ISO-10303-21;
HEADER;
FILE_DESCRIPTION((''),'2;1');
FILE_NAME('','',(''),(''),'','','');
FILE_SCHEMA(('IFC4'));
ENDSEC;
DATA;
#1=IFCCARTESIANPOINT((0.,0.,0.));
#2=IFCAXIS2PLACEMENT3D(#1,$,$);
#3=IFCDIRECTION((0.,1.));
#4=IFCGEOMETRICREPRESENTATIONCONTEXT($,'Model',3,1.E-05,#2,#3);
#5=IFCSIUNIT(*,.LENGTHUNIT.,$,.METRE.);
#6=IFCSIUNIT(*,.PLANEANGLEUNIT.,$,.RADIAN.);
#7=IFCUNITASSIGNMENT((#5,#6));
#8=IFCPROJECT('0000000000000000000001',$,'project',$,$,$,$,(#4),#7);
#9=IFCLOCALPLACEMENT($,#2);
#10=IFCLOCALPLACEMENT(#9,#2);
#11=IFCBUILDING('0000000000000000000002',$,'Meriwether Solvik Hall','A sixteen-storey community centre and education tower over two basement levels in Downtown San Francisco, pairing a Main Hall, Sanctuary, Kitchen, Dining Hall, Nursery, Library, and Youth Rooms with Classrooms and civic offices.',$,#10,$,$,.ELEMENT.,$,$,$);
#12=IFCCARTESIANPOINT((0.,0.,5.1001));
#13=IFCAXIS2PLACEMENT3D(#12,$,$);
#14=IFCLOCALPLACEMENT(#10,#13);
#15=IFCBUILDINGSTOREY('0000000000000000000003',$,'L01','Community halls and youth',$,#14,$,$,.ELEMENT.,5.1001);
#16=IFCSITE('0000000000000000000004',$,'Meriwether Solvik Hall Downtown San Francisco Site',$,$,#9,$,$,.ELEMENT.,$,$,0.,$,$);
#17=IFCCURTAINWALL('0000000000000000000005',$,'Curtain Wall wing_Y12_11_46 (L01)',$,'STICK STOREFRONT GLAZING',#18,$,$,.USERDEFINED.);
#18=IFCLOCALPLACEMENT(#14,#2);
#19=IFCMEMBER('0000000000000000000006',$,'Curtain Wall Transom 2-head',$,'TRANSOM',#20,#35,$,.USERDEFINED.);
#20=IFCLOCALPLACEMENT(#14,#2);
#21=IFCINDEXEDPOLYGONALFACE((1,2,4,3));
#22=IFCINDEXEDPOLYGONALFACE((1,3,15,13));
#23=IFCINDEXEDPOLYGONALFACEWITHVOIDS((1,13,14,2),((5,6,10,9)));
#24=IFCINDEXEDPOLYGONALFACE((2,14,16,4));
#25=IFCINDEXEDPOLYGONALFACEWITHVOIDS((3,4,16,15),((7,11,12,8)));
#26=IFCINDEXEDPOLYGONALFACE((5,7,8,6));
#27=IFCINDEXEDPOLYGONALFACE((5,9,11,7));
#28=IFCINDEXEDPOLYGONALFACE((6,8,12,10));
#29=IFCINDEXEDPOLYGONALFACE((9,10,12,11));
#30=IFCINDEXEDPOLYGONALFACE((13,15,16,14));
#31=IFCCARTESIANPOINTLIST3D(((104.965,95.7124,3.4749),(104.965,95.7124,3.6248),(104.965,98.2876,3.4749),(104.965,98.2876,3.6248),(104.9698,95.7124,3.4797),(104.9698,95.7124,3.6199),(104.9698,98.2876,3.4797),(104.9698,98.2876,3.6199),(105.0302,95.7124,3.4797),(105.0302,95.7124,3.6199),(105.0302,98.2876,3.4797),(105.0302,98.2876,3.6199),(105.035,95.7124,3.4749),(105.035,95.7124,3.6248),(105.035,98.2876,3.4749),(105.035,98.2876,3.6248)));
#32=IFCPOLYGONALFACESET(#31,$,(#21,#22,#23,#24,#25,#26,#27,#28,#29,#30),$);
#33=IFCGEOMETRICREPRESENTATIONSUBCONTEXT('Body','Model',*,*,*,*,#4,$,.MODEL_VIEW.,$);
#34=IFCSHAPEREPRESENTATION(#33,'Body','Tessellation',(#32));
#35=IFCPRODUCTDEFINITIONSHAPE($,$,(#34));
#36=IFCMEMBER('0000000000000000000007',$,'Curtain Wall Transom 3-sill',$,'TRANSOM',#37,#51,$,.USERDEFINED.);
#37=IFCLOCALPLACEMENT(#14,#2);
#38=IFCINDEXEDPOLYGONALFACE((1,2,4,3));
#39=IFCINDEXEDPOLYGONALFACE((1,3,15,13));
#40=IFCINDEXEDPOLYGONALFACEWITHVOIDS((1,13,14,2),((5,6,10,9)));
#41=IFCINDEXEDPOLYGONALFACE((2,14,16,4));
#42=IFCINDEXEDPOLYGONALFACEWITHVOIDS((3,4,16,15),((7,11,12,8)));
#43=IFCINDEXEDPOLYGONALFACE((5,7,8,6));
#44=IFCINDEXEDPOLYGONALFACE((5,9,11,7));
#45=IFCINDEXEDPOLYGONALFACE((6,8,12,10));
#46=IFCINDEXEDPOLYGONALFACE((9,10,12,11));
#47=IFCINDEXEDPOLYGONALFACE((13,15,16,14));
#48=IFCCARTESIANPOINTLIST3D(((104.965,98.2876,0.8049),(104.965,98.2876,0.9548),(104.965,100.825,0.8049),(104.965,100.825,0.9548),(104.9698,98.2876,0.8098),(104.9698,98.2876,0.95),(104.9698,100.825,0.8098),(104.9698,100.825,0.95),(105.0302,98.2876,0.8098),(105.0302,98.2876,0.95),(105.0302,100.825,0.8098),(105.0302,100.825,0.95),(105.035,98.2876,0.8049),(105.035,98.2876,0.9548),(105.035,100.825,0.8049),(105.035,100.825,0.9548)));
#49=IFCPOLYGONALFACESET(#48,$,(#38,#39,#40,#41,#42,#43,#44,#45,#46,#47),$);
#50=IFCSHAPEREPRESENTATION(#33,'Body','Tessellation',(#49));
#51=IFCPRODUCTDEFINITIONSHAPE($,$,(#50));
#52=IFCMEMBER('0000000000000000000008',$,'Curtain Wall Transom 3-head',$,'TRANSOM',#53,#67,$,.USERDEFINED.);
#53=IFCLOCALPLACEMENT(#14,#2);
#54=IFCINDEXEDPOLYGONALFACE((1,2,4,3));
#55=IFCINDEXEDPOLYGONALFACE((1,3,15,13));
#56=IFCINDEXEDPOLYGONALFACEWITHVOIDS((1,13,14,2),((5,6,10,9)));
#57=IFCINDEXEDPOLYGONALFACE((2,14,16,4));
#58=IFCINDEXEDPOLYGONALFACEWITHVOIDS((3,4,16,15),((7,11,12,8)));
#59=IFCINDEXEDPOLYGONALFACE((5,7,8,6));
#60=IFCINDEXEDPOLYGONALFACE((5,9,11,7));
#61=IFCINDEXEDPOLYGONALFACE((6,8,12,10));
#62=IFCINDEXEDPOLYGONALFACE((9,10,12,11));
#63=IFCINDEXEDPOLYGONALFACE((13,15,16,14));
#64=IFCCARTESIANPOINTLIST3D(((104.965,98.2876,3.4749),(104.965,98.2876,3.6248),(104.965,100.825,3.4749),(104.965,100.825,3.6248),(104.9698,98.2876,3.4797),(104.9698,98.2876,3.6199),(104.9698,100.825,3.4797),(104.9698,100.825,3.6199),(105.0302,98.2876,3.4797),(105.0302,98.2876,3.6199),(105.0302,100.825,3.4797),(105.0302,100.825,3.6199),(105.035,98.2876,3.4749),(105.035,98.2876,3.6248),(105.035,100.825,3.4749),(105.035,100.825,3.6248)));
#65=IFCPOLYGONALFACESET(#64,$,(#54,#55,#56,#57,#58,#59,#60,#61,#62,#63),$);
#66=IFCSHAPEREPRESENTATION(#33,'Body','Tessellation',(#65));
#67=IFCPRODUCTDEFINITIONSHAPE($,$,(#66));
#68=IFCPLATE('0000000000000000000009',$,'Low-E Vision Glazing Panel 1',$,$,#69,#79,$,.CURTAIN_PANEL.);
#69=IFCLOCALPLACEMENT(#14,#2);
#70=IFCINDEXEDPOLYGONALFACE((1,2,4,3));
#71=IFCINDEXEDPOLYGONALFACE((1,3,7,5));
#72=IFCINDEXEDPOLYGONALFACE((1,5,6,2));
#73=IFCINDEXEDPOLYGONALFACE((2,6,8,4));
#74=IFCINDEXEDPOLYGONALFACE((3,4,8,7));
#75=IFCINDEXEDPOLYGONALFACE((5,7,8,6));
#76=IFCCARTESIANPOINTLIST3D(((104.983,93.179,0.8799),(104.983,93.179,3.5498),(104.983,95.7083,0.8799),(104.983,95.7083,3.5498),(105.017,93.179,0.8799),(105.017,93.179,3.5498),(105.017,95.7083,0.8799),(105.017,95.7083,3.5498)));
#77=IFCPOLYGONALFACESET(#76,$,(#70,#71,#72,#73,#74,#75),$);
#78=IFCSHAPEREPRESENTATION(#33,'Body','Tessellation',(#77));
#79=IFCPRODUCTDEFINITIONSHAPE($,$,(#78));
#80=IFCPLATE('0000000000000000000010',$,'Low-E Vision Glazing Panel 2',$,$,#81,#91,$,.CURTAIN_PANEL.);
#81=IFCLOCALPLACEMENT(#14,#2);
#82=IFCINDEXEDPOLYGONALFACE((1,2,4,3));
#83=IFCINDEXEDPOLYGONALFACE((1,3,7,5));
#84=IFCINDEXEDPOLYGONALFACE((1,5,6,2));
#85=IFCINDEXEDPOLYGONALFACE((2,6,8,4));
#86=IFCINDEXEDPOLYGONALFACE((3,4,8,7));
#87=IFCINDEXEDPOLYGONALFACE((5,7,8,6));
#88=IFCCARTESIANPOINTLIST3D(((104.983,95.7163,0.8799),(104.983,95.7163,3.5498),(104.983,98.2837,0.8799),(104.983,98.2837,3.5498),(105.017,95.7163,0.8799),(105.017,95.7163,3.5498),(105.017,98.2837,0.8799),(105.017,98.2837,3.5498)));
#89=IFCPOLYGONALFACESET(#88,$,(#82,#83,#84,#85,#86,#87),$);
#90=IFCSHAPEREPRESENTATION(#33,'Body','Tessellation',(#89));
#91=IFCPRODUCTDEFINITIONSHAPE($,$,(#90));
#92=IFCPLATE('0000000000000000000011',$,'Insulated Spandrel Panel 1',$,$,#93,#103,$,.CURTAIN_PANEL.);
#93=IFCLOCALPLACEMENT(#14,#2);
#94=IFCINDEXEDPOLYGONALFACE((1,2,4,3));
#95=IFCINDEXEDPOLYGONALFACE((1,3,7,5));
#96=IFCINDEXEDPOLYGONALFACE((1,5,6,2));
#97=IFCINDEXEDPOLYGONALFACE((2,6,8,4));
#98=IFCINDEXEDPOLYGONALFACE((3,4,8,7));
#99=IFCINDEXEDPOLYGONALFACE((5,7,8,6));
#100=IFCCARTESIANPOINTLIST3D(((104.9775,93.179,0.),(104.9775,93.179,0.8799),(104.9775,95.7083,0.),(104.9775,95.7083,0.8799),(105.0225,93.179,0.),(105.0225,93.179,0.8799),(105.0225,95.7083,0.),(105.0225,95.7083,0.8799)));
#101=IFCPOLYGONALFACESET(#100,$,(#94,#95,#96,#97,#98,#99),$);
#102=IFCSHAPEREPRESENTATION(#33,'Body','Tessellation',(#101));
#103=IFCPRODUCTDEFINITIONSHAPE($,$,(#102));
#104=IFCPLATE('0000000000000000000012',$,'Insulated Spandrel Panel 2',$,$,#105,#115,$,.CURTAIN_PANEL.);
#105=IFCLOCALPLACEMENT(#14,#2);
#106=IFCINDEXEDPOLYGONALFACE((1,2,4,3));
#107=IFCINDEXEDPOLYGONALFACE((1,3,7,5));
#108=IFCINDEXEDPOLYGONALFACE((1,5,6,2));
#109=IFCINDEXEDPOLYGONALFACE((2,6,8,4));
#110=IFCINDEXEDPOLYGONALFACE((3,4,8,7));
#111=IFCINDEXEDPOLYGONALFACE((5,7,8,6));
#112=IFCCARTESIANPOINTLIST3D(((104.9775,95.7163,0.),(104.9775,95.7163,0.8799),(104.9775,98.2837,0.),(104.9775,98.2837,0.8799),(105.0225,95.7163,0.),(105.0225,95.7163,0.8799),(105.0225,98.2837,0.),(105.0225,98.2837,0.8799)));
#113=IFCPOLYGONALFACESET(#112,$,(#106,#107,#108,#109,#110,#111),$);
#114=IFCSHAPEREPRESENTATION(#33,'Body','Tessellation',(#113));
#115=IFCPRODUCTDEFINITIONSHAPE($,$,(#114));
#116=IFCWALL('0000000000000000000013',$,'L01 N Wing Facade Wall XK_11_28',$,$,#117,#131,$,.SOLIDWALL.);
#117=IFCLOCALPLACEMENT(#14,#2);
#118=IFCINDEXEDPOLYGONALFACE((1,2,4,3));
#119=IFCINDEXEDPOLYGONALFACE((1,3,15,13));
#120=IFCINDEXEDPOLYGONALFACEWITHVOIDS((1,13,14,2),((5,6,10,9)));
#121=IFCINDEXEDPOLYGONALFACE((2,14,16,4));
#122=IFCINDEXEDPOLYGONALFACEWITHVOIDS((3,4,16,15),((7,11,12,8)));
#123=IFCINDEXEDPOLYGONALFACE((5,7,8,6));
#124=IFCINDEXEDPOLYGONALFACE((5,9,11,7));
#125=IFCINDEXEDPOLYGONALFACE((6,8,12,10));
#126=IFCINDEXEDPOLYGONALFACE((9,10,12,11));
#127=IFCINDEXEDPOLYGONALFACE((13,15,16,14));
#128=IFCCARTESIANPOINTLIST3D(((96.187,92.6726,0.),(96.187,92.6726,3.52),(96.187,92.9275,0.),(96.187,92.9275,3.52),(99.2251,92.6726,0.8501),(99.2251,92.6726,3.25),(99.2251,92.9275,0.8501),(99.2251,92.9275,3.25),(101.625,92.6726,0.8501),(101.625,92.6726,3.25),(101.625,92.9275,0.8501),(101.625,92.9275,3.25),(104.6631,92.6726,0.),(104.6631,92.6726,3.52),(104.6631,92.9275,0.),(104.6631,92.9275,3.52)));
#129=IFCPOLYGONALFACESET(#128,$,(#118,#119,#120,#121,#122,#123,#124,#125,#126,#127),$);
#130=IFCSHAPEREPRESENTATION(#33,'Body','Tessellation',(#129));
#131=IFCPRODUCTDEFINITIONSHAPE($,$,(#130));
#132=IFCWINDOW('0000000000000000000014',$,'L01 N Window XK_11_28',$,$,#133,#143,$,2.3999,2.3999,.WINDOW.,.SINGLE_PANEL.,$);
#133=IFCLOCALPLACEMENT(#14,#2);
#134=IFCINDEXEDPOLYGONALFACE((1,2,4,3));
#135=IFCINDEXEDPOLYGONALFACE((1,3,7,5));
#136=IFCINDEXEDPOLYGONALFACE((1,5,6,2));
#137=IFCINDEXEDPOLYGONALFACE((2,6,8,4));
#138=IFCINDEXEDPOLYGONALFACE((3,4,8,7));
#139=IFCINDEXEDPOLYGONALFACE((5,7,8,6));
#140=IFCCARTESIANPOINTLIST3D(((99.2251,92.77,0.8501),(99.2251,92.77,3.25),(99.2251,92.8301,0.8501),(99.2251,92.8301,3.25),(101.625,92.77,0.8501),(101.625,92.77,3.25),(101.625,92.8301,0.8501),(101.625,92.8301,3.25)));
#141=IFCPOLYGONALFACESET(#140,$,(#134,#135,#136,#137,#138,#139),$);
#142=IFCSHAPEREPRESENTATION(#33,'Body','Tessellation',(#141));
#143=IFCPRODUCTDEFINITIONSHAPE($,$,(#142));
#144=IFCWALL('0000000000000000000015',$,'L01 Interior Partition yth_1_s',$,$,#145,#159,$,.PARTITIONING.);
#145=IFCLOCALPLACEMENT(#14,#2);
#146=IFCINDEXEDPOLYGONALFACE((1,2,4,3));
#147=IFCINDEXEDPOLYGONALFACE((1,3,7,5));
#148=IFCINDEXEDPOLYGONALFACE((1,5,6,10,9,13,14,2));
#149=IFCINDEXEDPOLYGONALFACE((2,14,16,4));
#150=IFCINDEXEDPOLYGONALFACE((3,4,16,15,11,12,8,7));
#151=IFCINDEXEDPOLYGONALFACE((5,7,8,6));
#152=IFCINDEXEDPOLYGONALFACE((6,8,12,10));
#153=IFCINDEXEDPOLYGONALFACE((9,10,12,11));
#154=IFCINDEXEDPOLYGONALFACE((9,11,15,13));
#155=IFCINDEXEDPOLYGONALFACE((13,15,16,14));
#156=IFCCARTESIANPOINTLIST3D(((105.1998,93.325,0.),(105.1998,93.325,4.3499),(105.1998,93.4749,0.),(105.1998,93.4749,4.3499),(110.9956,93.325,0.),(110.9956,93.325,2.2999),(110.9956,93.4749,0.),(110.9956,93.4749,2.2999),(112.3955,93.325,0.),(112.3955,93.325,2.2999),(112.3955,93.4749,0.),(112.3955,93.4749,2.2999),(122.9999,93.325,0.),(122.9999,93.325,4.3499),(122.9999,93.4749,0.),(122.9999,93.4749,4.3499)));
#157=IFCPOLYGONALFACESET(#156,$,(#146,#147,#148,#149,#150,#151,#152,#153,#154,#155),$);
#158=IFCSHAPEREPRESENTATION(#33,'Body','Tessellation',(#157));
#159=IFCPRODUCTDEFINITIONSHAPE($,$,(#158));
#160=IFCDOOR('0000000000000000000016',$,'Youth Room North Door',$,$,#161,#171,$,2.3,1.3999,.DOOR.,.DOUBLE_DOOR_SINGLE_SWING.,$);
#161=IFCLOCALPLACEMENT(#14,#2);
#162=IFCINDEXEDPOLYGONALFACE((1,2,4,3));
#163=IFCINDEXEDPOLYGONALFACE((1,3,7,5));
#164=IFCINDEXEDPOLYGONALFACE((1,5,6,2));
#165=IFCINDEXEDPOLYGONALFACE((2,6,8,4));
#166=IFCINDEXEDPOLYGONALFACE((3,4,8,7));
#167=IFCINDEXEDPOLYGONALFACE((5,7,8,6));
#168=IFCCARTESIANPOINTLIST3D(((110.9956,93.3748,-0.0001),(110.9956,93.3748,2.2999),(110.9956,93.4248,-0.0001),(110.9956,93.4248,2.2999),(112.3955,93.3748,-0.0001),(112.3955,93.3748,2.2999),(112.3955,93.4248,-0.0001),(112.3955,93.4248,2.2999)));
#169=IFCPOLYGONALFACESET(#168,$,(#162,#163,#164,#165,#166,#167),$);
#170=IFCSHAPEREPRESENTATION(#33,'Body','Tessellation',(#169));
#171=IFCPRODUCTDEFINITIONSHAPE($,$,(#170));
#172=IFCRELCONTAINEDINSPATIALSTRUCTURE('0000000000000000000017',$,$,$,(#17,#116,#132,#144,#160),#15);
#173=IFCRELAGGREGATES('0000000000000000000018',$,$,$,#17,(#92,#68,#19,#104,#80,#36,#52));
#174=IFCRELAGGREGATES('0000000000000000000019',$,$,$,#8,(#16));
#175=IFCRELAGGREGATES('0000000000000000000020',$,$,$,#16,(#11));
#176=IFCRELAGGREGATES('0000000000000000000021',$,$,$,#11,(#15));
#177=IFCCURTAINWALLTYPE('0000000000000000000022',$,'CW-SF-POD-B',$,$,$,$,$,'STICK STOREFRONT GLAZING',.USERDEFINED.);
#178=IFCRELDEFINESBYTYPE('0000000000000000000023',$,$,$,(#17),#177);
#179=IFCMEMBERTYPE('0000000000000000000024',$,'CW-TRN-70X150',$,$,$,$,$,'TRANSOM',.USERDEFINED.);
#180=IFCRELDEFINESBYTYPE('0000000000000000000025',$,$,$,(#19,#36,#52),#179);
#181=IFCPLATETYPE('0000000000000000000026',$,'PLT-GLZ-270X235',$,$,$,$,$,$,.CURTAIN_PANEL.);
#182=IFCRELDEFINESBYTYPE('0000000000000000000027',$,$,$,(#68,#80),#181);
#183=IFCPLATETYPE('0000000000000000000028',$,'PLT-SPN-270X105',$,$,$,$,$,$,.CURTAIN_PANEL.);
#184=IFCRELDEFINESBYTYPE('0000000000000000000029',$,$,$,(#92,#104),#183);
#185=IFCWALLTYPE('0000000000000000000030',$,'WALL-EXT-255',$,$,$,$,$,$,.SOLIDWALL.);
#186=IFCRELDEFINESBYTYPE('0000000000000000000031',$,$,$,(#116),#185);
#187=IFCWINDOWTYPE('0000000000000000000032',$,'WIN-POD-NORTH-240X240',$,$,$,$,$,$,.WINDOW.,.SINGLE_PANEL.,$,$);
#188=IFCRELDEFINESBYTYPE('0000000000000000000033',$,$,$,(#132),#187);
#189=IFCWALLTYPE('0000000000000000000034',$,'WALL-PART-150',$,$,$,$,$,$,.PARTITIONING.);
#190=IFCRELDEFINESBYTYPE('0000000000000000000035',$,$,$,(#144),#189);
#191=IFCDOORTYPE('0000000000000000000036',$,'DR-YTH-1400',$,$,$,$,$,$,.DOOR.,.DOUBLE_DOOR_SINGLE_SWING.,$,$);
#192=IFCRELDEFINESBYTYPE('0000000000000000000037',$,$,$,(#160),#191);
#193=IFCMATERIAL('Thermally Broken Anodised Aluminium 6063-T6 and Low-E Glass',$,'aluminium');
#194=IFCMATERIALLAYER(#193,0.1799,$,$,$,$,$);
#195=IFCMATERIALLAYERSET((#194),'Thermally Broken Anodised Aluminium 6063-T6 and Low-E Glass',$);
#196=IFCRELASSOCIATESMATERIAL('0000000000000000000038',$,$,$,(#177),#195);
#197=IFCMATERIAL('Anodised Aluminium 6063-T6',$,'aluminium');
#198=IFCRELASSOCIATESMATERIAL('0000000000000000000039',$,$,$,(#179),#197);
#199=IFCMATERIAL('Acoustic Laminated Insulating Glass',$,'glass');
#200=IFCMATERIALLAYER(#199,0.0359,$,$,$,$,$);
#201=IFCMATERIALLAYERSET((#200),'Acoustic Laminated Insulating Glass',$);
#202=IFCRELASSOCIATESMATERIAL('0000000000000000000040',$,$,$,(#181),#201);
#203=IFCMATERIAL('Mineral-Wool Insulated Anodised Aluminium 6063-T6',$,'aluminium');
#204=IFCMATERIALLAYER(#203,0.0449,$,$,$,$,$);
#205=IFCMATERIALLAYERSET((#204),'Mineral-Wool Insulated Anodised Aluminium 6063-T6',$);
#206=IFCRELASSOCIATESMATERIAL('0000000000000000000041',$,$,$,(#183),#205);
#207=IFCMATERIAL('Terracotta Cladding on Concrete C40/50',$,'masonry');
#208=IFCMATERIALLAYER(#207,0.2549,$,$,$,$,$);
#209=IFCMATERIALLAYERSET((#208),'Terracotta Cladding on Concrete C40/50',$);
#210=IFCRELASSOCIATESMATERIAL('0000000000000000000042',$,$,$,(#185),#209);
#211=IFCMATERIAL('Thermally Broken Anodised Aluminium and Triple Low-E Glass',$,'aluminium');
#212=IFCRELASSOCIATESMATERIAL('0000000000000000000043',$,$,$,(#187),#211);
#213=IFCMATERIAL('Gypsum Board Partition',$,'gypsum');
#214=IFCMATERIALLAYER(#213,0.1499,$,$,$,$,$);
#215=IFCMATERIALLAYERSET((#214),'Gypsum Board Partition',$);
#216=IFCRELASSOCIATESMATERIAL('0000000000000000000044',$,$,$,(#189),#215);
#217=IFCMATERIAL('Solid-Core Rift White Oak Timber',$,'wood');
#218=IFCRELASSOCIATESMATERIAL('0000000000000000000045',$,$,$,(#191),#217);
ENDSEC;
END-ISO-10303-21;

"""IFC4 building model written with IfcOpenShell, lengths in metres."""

from ifc_helpers import new_model, si_unit, direction, frame, frame_2d, origin, origin_2d, place, context, subcontext, project, spatial, rectangle, hollow_rectangle, extrude, material, layer, layer_set, material_profile, profile_set, type_object, element, fill, aggregate, save


model = new_model("IFC4")

# Units and contexts
model_context = context("Model", 3, precision=1e-05, world=origin(), true_north=direction((0.0, 1.0)))
body_context = subcontext(model_context, "Body", "Model", "MODEL_VIEW")
ifc_project = project(units=[si_unit("LENGTHUNIT", "METRE"), si_unit("PLANEANGLEUNIT", "RADIAN")], contexts=[model_context])

# Site, building, storey
site_placement = place(None, origin())
site = spatial("IfcSite", under=ifc_project, at=site_placement, Name="Meriwether Solvik Hall Downtown San Francisco Site", CompositionType="ELEMENT", RefElevation=0.0)
building_placement = place(site_placement, origin())
building = spatial("IfcBuilding", under=site, at=building_placement, Name="Meriwether Solvik Hall", Description="A sixteen-storey community centre and education tower over two basement levels in Downtown San Francisco, pairing a Main Hall, Sanctuary, Kitchen, Dining Hall, Nursery, Library, and Youth Rooms with Classrooms and civic offices.", CompositionType="ELEMENT")
storey_placement = place(building_placement, frame((0.0, 0.0, 5.1001)))
storey = spatial("IfcBuildingStorey", under=building, at=storey_placement, Name="L01", Description="Community halls and youth", CompositionType="ELEMENT", Elevation=5.1001)

# Curtain wall, members, plates
ifc_material_1 = material(Name="Thermally Broken Anodised Aluminium 6063-T6 and Low-E Glass", Category="aluminium")
ifc_layer_1 = layer(ifc_material_1, 0.1799)
ifc_layer_set_1 = layer_set([ifc_layer_1], Name="Thermally Broken Anodised Aluminium 6063-T6 and Low-E Glass")
curtain_wall_type = type_object("IfcCurtainWallType", Name="CW-SF-POD-B", ElementType="STICK STOREFRONT GLAZING", PredefinedType="USERDEFINED", material=ifc_layer_set_1)
curtain_wall_placement = place(storey_placement, origin())
curtain_wall = element("IfcCurtainWall", 1, at=curtain_wall_placement, inside=storey, type_object=curtain_wall_type, Name="Curtain Wall wing_Y12_11_46 (L01)", ObjectType="STICK STOREFRONT GLAZING", PredefinedType="USERDEFINED")
ifc_material_2 = material(Name="Anodised Aluminium 6063-T6", Category="aluminium")
ifc_material_profile_1 = material_profile(ifc_material_2, hollow_rectangle(XDim=0.0701, YDim=0.1499, WallThickness=0.0049, at=origin_2d()), Name="CWT-70X150")
ifc_profile_set_1 = profile_set([ifc_material_profile_1], Name="Anodised Aluminium 6063-T6")
member_type_1 = type_object("IfcMemberType", Name="CW-TRN-70X150", ElementType="TRANSOM", PredefinedType="USERDEFINED", material=ifc_profile_set_1)
member_1_placement = place(storey_placement, frame((105.0, 95.7124, 3.5498), z_axis=(0.0, 1.0, 0.0), x_axis=(-1.0, 0.0, 0.0)))
member_1 = element("IfcMember", 2, at=member_1_placement, type_object=member_type_1, Name="Curtain Wall Transom 2-head", ObjectType="TRANSOM", PredefinedType="USERDEFINED", context=body_context, shape_type="SweptSolid", body=[
    extrude(hollow_rectangle(XDim=0.0701, YDim=0.1499, WallThickness=0.0049, at=origin_2d()), origin(), (0.0, 0.0, 1.0), 2.5752),
])
member_2_placement = place(storey_placement, frame((105.0, 98.2876, 0.8799), z_axis=(0.0, 1.0, 0.0), x_axis=(-1.0, 0.0, 0.0)))
member_2 = element("IfcMember", 3, at=member_2_placement, type_object=member_type_1, Name="Curtain Wall Transom 3-sill", ObjectType="TRANSOM", PredefinedType="USERDEFINED", context=body_context, shape_type="SweptSolid", body=[
    extrude(hollow_rectangle(XDim=0.0701, YDim=0.1499, WallThickness=0.0049, at=origin_2d()), origin(), (0.0, 0.0, 1.0), 2.5374),
])
member_3_placement = place(storey_placement, frame((105.0, 98.2876, 3.5498), z_axis=(0.0, 1.0, 0.0), x_axis=(-1.0, 0.0, 0.0)))
member_3 = element("IfcMember", 4, at=member_3_placement, type_object=member_type_1, Name="Curtain Wall Transom 3-head", ObjectType="TRANSOM", PredefinedType="USERDEFINED", context=body_context, shape_type="SweptSolid", body=[
    extrude(hollow_rectangle(XDim=0.0701, YDim=0.1499, WallThickness=0.0049, at=origin_2d()), origin(), (0.0, 0.0, 1.0), 2.5374),
])
ifc_material_3 = material(Name="Acoustic Laminated Insulating Glass", Category="glass")
ifc_layer_2 = layer(ifc_material_3, 0.0359)
ifc_layer_set_2 = layer_set([ifc_layer_2], Name="Acoustic Laminated Insulating Glass")
plate_type_1 = type_object("IfcPlateType", Name="PLT-GLZ-270X235", PredefinedType="CURTAIN_PANEL", material=ifc_layer_set_2)
plate_1_placement = place(storey_placement, frame((105.0, 94.4436, 0.8799), z_axis=(0.0, 0.0, 1.0), x_axis=(0.0, 1.0, 0.0)))
plate_1 = element("IfcPlate", 5, at=plate_1_placement, type_object=plate_type_1, Name="Low-E Vision Glazing Panel 1", PredefinedType="CURTAIN_PANEL", context=body_context, shape_type="SweptSolid", body=[
    extrude(rectangle(XDim=2.5293, YDim=0.0339, at=origin_2d()), origin(), (0.0, 0.0, 1.0), 2.6699),
])
plate_2_placement = place(storey_placement, frame((105.0, 97.0, 0.8799), z_axis=(0.0, 0.0, 1.0), x_axis=(0.0, 1.0, 0.0)))
plate_2 = element("IfcPlate", 6, at=plate_2_placement, type_object=plate_type_1, Name="Low-E Vision Glazing Panel 2", PredefinedType="CURTAIN_PANEL", context=body_context, shape_type="SweptSolid", body=[
    extrude(rectangle(XDim=2.5674, YDim=0.0339, at=origin_2d()), origin(), (0.0, 0.0, 1.0), 2.6699),
])
ifc_material_4 = material(Name="Mineral-Wool Insulated Anodised Aluminium 6063-T6", Category="aluminium")
ifc_layer_3 = layer(ifc_material_4, 0.0449)
ifc_layer_set_3 = layer_set([ifc_layer_3], Name="Mineral-Wool Insulated Anodised Aluminium 6063-T6")
plate_type_2 = type_object("IfcPlateType", Name="PLT-SPN-270X105", PredefinedType="CURTAIN_PANEL", material=ifc_layer_set_3)
plate_3_placement = place(storey_placement, frame((105.0, 94.4436, 0.0), z_axis=(0.0, 0.0, 1.0), x_axis=(0.0, 1.0, 0.0)))
plate_3 = element("IfcPlate", 7, at=plate_3_placement, type_object=plate_type_2, Name="Insulated Spandrel Panel 1", PredefinedType="CURTAIN_PANEL", context=body_context, shape_type="SweptSolid", body=[
    extrude(rectangle(XDim=2.5293, YDim=0.0449, at=origin_2d()), origin(), (0.0, 0.0, 1.0), 0.8799),
])
plate_4_placement = place(storey_placement, frame((105.0, 97.0, 0.0), z_axis=(0.0, 0.0, 1.0), x_axis=(0.0, 1.0, 0.0)))
plate_4 = element("IfcPlate", 8, at=plate_4_placement, type_object=plate_type_2, Name="Insulated Spandrel Panel 2", PredefinedType="CURTAIN_PANEL", context=body_context, shape_type="SweptSolid", body=[
    extrude(rectangle(XDim=2.5674, YDim=0.0449, at=origin_2d()), origin(), (0.0, 0.0, 1.0), 0.8799),
])
aggregate(curtain_wall, [plate_3, plate_1, member_1, plate_4, plate_2, member_2, member_3])

# Wall, opening, window
ifc_material_5 = material(Name="Terracotta Cladding on Concrete C40/50", Category="masonry")
ifc_layer_4 = layer(ifc_material_5, 0.2549)
ifc_layer_set_4 = layer_set([ifc_layer_4], Name="Terracotta Cladding on Concrete C40/50")
wall_type_1 = type_object("IfcWallType", Name="WALL-EXT-255", PredefinedType="SOLIDWALL", material=ifc_layer_set_4)
wall_1_placement = place(storey_placement, frame((96.187, 92.8, 0.0), z_axis=(0.0, 0.0, 1.0), x_axis=(1.0, 0.0, 0.0)))
wall_1 = element("IfcWall", 9, at=wall_1_placement, inside=storey, type_object=wall_type_1, Name="L01 N Wing Facade Wall XK_11_28", PredefinedType="SOLIDWALL", context=body_context, shape_type="SweptSolid", body=[
    extrude(rectangle(XDim=8.4761, YDim=0.2549, at=frame_2d((4.238, 0.0))), origin(), (0.0, 0.0, 1.0), 3.52),
])
opening_1_placement = place(wall_1_placement, frame((3.0381, 0.0, 0.8501)))
opening_1 = element("IfcOpeningElement", 10, at=opening_1_placement, cuts=wall_1, PredefinedType="OPENING", context=body_context, shape_type="SweptSolid", body=[
    extrude(rectangle(XDim=2.3999, YDim=2.3999, at=frame_2d((1.2, 1.2))), frame((0.0, 0.1394, 0.0), z_axis=(0.0, -1.0, 0.0), x_axis=(1.0, 0.0, 0.0)), (0.0, 0.0, 1.0), 0.2788),
])
ifc_material_6 = material(Name="Thermally Broken Anodised Aluminium and Triple Low-E Glass", Category="aluminium")
window_type = type_object("IfcWindowType", Name="WIN-POD-NORTH-240X240", PartitioningType="SINGLE_PANEL", PredefinedType="WINDOW", material=ifc_material_6)
window_placement = place(opening_1_placement, origin())
window = element("IfcWindow", 11, at=window_placement, inside=storey, type_object=window_type, Name="L01 N Window XK_11_28", OverallHeight=2.3999, OverallWidth=2.3999, PartitioningType="SINGLE_PANEL", PredefinedType="WINDOW", context=body_context, shape_type="SweptSolid", body=[
    extrude(rectangle(XDim=2.3999, YDim=2.3999, at=frame_2d((1.2, 1.2))), frame((0.0, 0.03, 0.0), z_axis=(0.0, -1.0, 0.0), x_axis=(1.0, 0.0, 0.0)), (0.0, 0.0, 1.0), 0.0601),
])
fill(opening_1, window)

# Wall, opening, door
ifc_material_7 = material(Name="Gypsum Board Partition", Category="gypsum")
ifc_layer_5 = layer(ifc_material_7, 0.1499)
ifc_layer_set_5 = layer_set([ifc_layer_5], Name="Gypsum Board Partition")
wall_type_2 = type_object("IfcWallType", Name="WALL-PART-150", PredefinedType="PARTITIONING", material=ifc_layer_set_5)
wall_2_placement = place(storey_placement, frame((105.2, 93.3999, 0.0), z_axis=(0.0, 0.0, 1.0), x_axis=(1.0, 0.0, 0.0)))
wall_2 = element("IfcWall", 12, at=wall_2_placement, inside=storey, type_object=wall_type_2, Name="L01 Interior Partition yth_1_s", PredefinedType="PARTITIONING", context=body_context, shape_type="SweptSolid", body=[
    extrude(rectangle(XDim=17.8, YDim=0.1499, at=frame_2d((8.8999, 0.0))), origin(), (0.0, 0.0, 1.0), 4.3499),
])
opening_2_placement = place(wall_2_placement, frame((5.7957, 0.0, 0.0)))
opening_2 = element("IfcOpeningElement", 13, at=opening_2_placement, cuts=wall_2, PredefinedType="OPENING", context=body_context, shape_type="SweptSolid", body=[
    extrude(rectangle(XDim=1.3999, YDim=2.3, at=frame_2d((0.7, 1.1499))), frame((0.0, 0.0869, 0.0), z_axis=(0.0, -1.0, 0.0), x_axis=(1.0, 0.0, 0.0)), (0.0, 0.0, 1.0), 0.1738),
])
ifc_material_8 = material(Name="Solid-Core Rift White Oak Timber", Category="wood")
door_type = type_object("IfcDoorType", Name="DR-YTH-1400", OperationType="DOUBLE_DOOR_SINGLE_SWING", PredefinedType="DOOR", material=ifc_material_8)
door_placement = place(opening_2_placement, origin())
door = element("IfcDoor", 14, at=door_placement, inside=storey, type_object=door_type, Name="Youth Room North Door", OperationType="DOUBLE_DOOR_SINGLE_SWING", OverallHeight=2.3, OverallWidth=1.3999, PredefinedType="DOOR", context=body_context, shape_type="SweptSolid", body=[
    extrude(rectangle(XDim=1.3999, YDim=2.3, at=frame_2d((0.7, 1.1499))), frame((0.0, 0.0249, 0.0), z_axis=(0.0, -1.0, 0.0), x_axis=(1.0, 0.0, 0.0)), (0.0, 0.0, 1.0), 0.05),
])
fill(opening_2, door)

save(model, "model.ifc")
